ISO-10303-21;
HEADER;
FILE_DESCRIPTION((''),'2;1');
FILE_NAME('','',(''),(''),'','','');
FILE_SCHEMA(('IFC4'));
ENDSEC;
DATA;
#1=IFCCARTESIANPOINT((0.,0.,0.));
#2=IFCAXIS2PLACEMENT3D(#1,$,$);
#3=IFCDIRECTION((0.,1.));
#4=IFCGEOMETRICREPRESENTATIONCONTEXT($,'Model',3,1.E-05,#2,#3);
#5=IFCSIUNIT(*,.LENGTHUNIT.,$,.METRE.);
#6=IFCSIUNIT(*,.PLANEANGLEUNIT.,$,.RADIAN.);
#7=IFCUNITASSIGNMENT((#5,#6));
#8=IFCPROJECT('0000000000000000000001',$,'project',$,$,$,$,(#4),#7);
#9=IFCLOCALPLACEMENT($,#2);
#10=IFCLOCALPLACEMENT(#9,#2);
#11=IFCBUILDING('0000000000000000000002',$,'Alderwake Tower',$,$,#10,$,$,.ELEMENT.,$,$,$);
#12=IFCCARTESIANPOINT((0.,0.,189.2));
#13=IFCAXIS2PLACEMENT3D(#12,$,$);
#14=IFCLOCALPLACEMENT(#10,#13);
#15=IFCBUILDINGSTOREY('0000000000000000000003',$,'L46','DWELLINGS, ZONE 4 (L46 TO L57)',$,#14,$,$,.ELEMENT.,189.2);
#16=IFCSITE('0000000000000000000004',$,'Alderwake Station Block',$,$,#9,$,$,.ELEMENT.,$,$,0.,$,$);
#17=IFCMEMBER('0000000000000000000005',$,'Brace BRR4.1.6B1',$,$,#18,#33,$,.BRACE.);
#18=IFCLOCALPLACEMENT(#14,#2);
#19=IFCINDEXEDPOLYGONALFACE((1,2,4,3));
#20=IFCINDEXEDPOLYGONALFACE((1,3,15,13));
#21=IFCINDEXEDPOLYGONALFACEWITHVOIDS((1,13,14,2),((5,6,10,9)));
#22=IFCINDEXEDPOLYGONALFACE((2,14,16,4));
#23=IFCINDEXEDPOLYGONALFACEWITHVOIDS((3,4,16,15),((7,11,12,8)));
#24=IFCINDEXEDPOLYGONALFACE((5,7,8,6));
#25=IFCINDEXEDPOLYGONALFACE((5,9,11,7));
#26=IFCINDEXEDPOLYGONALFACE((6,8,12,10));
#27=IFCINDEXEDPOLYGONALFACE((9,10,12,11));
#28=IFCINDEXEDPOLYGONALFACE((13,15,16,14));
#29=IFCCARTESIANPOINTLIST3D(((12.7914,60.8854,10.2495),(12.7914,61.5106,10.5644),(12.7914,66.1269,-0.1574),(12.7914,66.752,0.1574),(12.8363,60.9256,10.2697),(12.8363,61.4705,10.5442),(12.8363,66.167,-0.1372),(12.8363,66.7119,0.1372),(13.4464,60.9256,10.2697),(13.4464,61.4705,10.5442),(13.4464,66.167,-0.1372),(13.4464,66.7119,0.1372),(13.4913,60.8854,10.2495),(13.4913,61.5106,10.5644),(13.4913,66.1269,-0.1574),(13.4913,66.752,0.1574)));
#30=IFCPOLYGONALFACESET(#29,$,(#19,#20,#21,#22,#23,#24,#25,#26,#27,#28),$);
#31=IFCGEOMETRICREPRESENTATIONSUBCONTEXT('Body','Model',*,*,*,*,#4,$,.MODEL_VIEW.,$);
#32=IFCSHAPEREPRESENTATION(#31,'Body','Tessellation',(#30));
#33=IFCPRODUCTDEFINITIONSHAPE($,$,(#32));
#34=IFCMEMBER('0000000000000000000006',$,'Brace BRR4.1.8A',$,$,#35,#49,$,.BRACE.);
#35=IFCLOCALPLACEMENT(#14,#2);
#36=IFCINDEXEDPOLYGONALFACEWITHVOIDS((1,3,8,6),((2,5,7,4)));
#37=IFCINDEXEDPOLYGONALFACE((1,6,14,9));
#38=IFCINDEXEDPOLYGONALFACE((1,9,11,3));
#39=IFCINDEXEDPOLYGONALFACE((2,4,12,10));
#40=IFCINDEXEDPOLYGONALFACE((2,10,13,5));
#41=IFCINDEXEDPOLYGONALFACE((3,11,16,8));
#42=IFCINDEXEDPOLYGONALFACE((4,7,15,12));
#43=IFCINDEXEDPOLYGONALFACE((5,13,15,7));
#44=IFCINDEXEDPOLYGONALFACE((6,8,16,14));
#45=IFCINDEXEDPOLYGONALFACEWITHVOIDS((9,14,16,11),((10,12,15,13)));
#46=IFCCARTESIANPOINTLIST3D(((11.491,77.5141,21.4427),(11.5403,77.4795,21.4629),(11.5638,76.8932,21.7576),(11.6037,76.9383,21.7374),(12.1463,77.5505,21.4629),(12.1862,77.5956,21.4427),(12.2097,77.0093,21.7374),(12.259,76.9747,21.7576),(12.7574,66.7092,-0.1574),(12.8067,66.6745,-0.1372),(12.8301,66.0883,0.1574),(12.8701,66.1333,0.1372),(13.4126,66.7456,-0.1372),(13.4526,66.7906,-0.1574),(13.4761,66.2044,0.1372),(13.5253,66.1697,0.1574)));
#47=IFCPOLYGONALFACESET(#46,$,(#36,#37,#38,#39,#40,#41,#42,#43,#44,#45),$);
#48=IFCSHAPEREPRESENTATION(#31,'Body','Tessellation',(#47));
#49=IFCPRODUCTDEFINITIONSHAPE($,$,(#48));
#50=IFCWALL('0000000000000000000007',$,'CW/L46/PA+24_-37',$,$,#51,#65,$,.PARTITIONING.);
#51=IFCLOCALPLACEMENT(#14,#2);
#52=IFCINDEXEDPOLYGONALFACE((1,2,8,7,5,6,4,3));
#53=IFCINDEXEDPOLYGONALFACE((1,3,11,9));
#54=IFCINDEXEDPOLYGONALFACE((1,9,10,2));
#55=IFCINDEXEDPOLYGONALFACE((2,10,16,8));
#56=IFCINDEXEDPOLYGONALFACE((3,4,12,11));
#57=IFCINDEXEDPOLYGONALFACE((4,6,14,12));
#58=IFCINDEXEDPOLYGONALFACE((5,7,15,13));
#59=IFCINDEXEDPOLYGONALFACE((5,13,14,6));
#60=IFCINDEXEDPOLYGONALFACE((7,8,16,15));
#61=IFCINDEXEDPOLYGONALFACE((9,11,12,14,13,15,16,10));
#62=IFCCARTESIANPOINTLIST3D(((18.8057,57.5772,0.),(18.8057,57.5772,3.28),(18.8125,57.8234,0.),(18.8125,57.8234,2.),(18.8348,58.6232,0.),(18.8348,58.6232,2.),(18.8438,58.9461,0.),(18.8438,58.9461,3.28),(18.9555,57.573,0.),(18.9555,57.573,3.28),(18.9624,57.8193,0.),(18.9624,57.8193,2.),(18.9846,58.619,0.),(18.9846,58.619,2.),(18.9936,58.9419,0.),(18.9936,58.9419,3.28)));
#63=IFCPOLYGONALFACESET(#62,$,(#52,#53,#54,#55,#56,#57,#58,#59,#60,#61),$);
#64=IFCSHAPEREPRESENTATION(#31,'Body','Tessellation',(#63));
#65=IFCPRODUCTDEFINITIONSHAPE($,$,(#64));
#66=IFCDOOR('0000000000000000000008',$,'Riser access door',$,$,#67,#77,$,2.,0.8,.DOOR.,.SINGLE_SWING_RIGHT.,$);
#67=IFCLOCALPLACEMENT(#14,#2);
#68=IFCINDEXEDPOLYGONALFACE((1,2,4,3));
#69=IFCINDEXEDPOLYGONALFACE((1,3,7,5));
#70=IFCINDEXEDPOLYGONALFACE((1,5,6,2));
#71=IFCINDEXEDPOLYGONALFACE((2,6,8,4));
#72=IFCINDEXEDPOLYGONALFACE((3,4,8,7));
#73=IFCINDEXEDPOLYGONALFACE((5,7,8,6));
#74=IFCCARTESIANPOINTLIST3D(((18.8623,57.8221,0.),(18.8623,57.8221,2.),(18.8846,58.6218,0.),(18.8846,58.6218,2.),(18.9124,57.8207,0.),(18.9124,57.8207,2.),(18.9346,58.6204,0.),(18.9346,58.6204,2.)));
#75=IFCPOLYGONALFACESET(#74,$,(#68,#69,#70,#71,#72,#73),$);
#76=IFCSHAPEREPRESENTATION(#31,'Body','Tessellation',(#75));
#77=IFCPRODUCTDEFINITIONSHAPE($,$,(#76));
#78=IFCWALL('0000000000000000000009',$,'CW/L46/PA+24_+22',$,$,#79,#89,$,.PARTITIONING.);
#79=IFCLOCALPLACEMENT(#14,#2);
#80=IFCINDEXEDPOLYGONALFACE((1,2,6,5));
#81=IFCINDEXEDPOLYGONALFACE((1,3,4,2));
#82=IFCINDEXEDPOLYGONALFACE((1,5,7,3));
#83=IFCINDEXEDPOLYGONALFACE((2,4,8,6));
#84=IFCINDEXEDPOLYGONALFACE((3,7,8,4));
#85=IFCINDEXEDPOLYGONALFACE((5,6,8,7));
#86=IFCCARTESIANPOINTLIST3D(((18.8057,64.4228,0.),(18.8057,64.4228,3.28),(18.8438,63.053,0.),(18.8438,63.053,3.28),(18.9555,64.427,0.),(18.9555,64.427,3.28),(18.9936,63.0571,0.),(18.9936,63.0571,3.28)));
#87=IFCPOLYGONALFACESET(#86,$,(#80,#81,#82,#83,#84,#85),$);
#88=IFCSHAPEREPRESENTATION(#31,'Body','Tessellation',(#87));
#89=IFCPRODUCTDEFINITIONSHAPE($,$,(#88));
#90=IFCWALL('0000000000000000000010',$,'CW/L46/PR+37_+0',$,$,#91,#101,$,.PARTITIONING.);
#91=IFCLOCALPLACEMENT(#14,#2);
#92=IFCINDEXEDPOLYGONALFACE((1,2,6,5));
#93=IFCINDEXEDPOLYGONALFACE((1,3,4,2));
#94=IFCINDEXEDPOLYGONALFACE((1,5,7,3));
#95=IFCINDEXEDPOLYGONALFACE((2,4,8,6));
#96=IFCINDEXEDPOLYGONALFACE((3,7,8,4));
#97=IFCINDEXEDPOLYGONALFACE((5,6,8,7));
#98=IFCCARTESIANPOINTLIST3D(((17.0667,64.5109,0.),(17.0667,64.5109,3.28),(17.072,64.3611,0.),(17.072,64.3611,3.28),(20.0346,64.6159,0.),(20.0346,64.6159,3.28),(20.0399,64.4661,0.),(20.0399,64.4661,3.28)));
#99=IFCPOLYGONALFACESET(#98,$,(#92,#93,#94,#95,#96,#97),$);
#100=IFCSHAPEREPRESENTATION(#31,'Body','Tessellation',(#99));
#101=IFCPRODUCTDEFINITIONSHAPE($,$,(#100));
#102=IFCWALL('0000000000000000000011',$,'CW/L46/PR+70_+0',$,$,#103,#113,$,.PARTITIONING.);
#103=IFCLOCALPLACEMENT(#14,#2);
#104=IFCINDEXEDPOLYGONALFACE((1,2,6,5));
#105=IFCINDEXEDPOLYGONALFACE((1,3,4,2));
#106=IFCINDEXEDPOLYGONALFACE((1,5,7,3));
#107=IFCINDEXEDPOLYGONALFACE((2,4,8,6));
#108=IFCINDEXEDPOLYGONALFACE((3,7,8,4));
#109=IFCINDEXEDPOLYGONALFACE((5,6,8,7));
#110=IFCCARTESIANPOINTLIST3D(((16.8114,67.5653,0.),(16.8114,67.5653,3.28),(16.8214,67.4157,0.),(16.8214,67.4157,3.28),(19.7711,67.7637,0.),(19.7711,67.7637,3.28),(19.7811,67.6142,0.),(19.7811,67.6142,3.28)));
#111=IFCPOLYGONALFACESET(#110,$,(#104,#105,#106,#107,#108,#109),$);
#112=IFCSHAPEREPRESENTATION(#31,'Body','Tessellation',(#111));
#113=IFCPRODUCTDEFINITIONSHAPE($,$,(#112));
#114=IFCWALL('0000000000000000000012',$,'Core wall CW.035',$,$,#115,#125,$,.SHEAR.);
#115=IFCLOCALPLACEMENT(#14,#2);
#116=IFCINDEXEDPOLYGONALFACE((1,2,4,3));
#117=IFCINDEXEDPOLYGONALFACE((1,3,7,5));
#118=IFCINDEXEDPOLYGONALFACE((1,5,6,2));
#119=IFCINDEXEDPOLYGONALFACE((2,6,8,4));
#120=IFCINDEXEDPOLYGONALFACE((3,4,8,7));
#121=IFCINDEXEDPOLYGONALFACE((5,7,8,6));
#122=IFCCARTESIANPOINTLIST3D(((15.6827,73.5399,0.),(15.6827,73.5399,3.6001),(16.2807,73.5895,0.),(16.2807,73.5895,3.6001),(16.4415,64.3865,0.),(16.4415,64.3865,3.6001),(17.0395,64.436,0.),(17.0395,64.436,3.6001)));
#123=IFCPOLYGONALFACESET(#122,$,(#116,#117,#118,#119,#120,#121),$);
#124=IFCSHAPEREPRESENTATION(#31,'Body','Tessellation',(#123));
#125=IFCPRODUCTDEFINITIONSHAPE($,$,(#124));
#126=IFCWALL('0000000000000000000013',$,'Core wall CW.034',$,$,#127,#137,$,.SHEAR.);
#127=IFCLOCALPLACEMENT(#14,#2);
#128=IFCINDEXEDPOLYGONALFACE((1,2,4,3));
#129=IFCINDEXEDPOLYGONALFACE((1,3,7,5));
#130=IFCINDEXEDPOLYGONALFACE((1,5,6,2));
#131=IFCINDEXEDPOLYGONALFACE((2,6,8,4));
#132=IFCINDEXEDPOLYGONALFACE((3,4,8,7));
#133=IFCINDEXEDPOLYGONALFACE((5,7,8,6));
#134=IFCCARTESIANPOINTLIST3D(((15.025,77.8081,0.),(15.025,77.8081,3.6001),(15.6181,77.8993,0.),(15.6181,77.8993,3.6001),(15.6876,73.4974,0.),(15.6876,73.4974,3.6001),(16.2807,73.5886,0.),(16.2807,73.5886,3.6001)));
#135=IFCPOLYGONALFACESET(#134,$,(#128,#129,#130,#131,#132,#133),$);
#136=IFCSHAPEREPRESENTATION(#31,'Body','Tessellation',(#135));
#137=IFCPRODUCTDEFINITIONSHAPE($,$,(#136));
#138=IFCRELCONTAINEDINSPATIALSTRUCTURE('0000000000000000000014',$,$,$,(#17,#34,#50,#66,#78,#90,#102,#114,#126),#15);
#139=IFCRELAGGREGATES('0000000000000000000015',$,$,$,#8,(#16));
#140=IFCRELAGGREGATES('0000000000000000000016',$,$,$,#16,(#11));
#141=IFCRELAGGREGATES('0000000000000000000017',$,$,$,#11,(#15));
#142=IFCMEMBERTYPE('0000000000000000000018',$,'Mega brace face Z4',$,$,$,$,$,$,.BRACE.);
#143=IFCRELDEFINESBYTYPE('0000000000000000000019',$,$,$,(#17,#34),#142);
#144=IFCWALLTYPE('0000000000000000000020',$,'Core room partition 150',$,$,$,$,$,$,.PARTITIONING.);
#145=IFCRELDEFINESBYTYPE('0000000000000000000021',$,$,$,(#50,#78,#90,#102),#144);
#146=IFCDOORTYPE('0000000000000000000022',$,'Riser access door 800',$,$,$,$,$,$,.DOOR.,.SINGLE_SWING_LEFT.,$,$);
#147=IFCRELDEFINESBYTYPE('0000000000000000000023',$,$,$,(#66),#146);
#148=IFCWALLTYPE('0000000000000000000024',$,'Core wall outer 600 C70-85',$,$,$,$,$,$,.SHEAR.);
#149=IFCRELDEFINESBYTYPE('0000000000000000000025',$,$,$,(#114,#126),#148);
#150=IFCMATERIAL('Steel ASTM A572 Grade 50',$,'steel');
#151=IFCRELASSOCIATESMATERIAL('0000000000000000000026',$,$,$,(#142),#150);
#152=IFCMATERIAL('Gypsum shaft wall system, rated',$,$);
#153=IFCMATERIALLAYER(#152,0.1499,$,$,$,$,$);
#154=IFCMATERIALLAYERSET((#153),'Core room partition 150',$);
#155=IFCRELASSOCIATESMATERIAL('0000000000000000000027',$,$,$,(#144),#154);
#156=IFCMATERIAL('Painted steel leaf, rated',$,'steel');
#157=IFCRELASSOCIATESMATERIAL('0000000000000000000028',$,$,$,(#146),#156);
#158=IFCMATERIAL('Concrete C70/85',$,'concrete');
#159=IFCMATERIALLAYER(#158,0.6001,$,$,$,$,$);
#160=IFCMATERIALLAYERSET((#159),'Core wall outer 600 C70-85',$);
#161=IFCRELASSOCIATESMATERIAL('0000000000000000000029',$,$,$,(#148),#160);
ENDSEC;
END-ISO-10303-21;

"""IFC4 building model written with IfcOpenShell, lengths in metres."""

from ifc_helpers import new_model, si_unit, direction, frame, frame_2d, origin, origin_2d, place, context, subcontext, project, spatial, rectangle, hollow_rectangle, extrude, material, layer, layer_set, material_profile, profile_set, type_object, element, fill, save


model = new_model("IFC4")

# Units and contexts
model_context = context("Model", 3, precision=1e-05, world=origin(), true_north=direction((0.0, 1.0)))
body_context = subcontext(model_context, "Body", "Model", "MODEL_VIEW")
ifc_project = project(units=[si_unit("LENGTHUNIT", "METRE"), si_unit("PLANEANGLEUNIT", "RADIAN")], contexts=[model_context])

# Site, building, storey
site_placement = place(None, origin())
site = spatial("IfcSite", under=ifc_project, at=site_placement, Name="Alderwake Station Block", CompositionType="ELEMENT", RefElevation=0.0)
building_placement = place(site_placement, origin())
building = spatial("IfcBuilding", under=site, at=building_placement, Name="Alderwake Tower", CompositionType="ELEMENT")
storey_placement = place(building_placement, frame((0.0, 0.0, 189.2)))
storey = spatial("IfcBuildingStorey", under=building, at=storey_placement, Name="L46", Description="DWELLINGS, ZONE 4 (L46 TO L57)", CompositionType="ELEMENT", Elevation=189.2)

# Members
ifc_material_1 = material(Name="Steel ASTM A572 Grade 50", Category="steel")
ifc_material_profile_1 = material_profile(ifc_material_1, hollow_rectangle(XDim=0.7, YDim=0.7, WallThickness=0.0449, at=origin_2d()), Name="BOX 700X700X45")
ifc_profile_set_1 = profile_set([ifc_material_profile_1], Name="Steel ASTM A572 Grade 50")
member_type = type_object("IfcMemberType", Name="Mega brace face Z4", PredefinedType="BRACE", material=ifc_profile_set_1)
member_1_placement = place(storey_placement, frame((13.1414, 66.4395, 0.0), z_axis=(0.0, -0.449818, 0.89312), x_axis=(1.0, 0.0, 0.0)))
element("IfcMember", 1, at=member_1_placement, inside=storey, type_object=member_type, Name="Brace BRR4.1.6B1", PredefinedType="BRACE", context=body_context, shape_type="SweptSolid", body=[
    extrude(hollow_rectangle(XDim=0.7, YDim=0.7, WallThickness=0.0449, at=origin_2d()), origin(), (0.0, 0.0, 1.0), 11.6523),
])
member_2_placement = place(storey_placement, frame((13.1414, 66.4395, 0.0), z_axis=(-0.052361, 0.446762, 0.893119), x_axis=(-0.993202, -0.116405, 0.0)))
element("IfcMember", 2, at=member_2_placement, inside=storey, type_object=member_type, Name="Brace BRR4.1.8A", PredefinedType="BRACE", context=body_context, shape_type="SweptSolid", body=[
    extrude(hollow_rectangle(XDim=0.7, YDim=0.7, WallThickness=0.0449, at=origin_2d()), origin(), (0.0, 0.0, 1.0), 24.1851),
])

# Wall, opening, door
ifc_material_2 = material(Name="Gypsum shaft wall system, rated")
ifc_layer_1 = layer(ifc_material_2, 0.1499)
ifc_layer_set_1 = layer_set([ifc_layer_1], Name="Core room partition 150")
wall_type_1 = type_object("IfcWallType", Name="Core room partition 150", PredefinedType="PARTITIONING", material=ifc_layer_set_1)
wall_1_placement = place(storey_placement, frame((18.9187, 58.9438, 0.0), z_axis=(0.0, 0.0, 1.0), x_axis=(-0.027812, -0.999613, 0.0)))
wall_1 = element("IfcWall", 3, at=wall_1_placement, inside=storey, type_object=wall_type_1, Name="CW/L46/PA+24_-37", PredefinedType="PARTITIONING", context=body_context, shape_type="SweptSolid", body=[
    extrude(rectangle(XDim=1.3694, YDim=0.1499, at=frame_2d((0.6846, 0.0))), origin(), (0.0, 0.0, 1.0), 3.28),
])
opening_1_placement = place(wall_1_placement, frame((0.323, 0.0, 0.0)))
opening_1 = element("IfcOpeningElement", 4, at=opening_1_placement, cuts=wall_1, PredefinedType="OPENING", context=body_context, shape_type="SweptSolid", body=[
    extrude(rectangle(XDim=0.8, YDim=2.0, at=frame_2d((0.3999, 1.0))), frame((0.0, 0.085, 0.0), z_axis=(0.0, -1.0, 0.0), x_axis=(1.0, 0.0, 0.0)), (0.0, 0.0, 1.0), 0.1699),
])
ifc_material_3 = material(Name="Painted steel leaf, rated", Category="steel")
door_type_1 = type_object("IfcDoorType", Name="Riser access door 800", OperationType="SINGLE_SWING_LEFT", PredefinedType="DOOR", material=ifc_material_3)
door_1_placement = place(opening_1_placement, origin())
door_1 = element("IfcDoor", 5, at=door_1_placement, inside=storey, type_object=door_type_1, Name="Riser access door", OperationType="SINGLE_SWING_RIGHT", OverallHeight=2.0, OverallWidth=0.8, PredefinedType="DOOR", context=body_context, shape_type="SweptSolid", body=[
    extrude(rectangle(XDim=0.8, YDim=2.0, at=frame_2d((0.3999, 1.0))), frame((0.0, 0.0249, 0.0), z_axis=(0.0, -1.0, 0.0), x_axis=(1.0, 0.0, 0.0)), (0.0, 0.0, 1.0), 0.05),
])
fill(opening_1, door_1)

# Walls
wall_2_placement = place(storey_placement, frame((18.9187, 63.0552, 0.0), z_axis=(0.0, 0.0, 1.0), x_axis=(-0.027792, 0.999614, 0.0)))
element("IfcWall", 6, at=wall_2_placement, inside=storey, type_object=wall_type_1, Name="CW/L46/PA+24_+22", PredefinedType="PARTITIONING", context=body_context, shape_type="SweptSolid", body=[
    extrude(rectangle(XDim=1.3704, YDim=0.1499, at=frame_2d((0.6851, 0.0))), origin(), (0.0, 0.0, 1.0), 3.28),
])
wall_3_placement = place(storey_placement, frame((17.0693, 64.436, 0.0), z_axis=(0.0, 0.0, 1.0), x_axis=(0.999375, 0.035351, 0.0)))
element("IfcWall", 7, at=wall_3_placement, inside=storey, type_object=wall_type_1, Name="CW/L46/PR+37_+0", PredefinedType="PARTITIONING", context=body_context, shape_type="SweptSolid", body=[
    extrude(rectangle(XDim=2.9697, YDim=0.1499, at=frame_2d((1.4849, 0.0))), origin(), (0.0, 0.0, 1.0), 3.28),
])
wall_4_placement = place(storey_placement, frame((16.8164, 67.4905, 0.0), z_axis=(0.0, 0.0, 1.0), x_axis=(0.997759, 0.066912, 0.0)))
element("IfcWall", 8, at=wall_4_placement, inside=storey, type_object=wall_type_1, Name="CW/L46/PR+70_+0", PredefinedType="PARTITIONING", context=body_context, shape_type="SweptSolid", body=[
    extrude(rectangle(XDim=2.9663, YDim=0.1499, at=frame_2d((1.4832, 0.0))), origin(), (0.0, 0.0, 1.0), 3.28),
])
ifc_material_4 = material(Name="Concrete C70/85", Category="concrete")
ifc_layer_2 = layer(ifc_material_4, 0.6001)
ifc_layer_set_2 = layer_set([ifc_layer_2], Name="Core wall outer 600 C70-85")
wall_type_2 = type_object("IfcWallType", Name="Core wall outer 600 C70-85", PredefinedType="SHEAR", material=ifc_layer_set_2)
wall_5_placement = place(storey_placement, frame((16.7405, 64.4114, 0.0), z_axis=(0.0, 0.0, 1.0), x_axis=(-0.082614, 0.996582, 0.0)))
element("IfcWall", 9, at=wall_5_placement, inside=storey, type_object=wall_type_2, Name="Core wall CW.035", PredefinedType="SHEAR", context=body_context, shape_type="SweptSolid", body=[
    extrude(rectangle(XDim=9.1848, YDim=0.6001, at=frame_2d((4.5923, 0.0))), origin(), (0.0, 0.0, 1.0), 3.6001),
])
wall_6_placement = place(storey_placement, frame((15.9841, 73.543, 0.0), z_axis=(0.0, 0.0, 1.0), x_axis=(-0.151923, 0.988392, 0.0)))
element("IfcWall", 10, at=wall_6_placement, inside=storey, type_object=wall_type_2, Name="Core wall CW.034", PredefinedType="SHEAR", context=body_context, shape_type="SweptSolid", body=[
    extrude(rectangle(XDim=4.3613, YDim=0.6001, at=frame_2d((2.1807, 0.0))), origin(), (0.0, 0.0, 1.0), 3.6001),
])

save(model, "model.ifc")
